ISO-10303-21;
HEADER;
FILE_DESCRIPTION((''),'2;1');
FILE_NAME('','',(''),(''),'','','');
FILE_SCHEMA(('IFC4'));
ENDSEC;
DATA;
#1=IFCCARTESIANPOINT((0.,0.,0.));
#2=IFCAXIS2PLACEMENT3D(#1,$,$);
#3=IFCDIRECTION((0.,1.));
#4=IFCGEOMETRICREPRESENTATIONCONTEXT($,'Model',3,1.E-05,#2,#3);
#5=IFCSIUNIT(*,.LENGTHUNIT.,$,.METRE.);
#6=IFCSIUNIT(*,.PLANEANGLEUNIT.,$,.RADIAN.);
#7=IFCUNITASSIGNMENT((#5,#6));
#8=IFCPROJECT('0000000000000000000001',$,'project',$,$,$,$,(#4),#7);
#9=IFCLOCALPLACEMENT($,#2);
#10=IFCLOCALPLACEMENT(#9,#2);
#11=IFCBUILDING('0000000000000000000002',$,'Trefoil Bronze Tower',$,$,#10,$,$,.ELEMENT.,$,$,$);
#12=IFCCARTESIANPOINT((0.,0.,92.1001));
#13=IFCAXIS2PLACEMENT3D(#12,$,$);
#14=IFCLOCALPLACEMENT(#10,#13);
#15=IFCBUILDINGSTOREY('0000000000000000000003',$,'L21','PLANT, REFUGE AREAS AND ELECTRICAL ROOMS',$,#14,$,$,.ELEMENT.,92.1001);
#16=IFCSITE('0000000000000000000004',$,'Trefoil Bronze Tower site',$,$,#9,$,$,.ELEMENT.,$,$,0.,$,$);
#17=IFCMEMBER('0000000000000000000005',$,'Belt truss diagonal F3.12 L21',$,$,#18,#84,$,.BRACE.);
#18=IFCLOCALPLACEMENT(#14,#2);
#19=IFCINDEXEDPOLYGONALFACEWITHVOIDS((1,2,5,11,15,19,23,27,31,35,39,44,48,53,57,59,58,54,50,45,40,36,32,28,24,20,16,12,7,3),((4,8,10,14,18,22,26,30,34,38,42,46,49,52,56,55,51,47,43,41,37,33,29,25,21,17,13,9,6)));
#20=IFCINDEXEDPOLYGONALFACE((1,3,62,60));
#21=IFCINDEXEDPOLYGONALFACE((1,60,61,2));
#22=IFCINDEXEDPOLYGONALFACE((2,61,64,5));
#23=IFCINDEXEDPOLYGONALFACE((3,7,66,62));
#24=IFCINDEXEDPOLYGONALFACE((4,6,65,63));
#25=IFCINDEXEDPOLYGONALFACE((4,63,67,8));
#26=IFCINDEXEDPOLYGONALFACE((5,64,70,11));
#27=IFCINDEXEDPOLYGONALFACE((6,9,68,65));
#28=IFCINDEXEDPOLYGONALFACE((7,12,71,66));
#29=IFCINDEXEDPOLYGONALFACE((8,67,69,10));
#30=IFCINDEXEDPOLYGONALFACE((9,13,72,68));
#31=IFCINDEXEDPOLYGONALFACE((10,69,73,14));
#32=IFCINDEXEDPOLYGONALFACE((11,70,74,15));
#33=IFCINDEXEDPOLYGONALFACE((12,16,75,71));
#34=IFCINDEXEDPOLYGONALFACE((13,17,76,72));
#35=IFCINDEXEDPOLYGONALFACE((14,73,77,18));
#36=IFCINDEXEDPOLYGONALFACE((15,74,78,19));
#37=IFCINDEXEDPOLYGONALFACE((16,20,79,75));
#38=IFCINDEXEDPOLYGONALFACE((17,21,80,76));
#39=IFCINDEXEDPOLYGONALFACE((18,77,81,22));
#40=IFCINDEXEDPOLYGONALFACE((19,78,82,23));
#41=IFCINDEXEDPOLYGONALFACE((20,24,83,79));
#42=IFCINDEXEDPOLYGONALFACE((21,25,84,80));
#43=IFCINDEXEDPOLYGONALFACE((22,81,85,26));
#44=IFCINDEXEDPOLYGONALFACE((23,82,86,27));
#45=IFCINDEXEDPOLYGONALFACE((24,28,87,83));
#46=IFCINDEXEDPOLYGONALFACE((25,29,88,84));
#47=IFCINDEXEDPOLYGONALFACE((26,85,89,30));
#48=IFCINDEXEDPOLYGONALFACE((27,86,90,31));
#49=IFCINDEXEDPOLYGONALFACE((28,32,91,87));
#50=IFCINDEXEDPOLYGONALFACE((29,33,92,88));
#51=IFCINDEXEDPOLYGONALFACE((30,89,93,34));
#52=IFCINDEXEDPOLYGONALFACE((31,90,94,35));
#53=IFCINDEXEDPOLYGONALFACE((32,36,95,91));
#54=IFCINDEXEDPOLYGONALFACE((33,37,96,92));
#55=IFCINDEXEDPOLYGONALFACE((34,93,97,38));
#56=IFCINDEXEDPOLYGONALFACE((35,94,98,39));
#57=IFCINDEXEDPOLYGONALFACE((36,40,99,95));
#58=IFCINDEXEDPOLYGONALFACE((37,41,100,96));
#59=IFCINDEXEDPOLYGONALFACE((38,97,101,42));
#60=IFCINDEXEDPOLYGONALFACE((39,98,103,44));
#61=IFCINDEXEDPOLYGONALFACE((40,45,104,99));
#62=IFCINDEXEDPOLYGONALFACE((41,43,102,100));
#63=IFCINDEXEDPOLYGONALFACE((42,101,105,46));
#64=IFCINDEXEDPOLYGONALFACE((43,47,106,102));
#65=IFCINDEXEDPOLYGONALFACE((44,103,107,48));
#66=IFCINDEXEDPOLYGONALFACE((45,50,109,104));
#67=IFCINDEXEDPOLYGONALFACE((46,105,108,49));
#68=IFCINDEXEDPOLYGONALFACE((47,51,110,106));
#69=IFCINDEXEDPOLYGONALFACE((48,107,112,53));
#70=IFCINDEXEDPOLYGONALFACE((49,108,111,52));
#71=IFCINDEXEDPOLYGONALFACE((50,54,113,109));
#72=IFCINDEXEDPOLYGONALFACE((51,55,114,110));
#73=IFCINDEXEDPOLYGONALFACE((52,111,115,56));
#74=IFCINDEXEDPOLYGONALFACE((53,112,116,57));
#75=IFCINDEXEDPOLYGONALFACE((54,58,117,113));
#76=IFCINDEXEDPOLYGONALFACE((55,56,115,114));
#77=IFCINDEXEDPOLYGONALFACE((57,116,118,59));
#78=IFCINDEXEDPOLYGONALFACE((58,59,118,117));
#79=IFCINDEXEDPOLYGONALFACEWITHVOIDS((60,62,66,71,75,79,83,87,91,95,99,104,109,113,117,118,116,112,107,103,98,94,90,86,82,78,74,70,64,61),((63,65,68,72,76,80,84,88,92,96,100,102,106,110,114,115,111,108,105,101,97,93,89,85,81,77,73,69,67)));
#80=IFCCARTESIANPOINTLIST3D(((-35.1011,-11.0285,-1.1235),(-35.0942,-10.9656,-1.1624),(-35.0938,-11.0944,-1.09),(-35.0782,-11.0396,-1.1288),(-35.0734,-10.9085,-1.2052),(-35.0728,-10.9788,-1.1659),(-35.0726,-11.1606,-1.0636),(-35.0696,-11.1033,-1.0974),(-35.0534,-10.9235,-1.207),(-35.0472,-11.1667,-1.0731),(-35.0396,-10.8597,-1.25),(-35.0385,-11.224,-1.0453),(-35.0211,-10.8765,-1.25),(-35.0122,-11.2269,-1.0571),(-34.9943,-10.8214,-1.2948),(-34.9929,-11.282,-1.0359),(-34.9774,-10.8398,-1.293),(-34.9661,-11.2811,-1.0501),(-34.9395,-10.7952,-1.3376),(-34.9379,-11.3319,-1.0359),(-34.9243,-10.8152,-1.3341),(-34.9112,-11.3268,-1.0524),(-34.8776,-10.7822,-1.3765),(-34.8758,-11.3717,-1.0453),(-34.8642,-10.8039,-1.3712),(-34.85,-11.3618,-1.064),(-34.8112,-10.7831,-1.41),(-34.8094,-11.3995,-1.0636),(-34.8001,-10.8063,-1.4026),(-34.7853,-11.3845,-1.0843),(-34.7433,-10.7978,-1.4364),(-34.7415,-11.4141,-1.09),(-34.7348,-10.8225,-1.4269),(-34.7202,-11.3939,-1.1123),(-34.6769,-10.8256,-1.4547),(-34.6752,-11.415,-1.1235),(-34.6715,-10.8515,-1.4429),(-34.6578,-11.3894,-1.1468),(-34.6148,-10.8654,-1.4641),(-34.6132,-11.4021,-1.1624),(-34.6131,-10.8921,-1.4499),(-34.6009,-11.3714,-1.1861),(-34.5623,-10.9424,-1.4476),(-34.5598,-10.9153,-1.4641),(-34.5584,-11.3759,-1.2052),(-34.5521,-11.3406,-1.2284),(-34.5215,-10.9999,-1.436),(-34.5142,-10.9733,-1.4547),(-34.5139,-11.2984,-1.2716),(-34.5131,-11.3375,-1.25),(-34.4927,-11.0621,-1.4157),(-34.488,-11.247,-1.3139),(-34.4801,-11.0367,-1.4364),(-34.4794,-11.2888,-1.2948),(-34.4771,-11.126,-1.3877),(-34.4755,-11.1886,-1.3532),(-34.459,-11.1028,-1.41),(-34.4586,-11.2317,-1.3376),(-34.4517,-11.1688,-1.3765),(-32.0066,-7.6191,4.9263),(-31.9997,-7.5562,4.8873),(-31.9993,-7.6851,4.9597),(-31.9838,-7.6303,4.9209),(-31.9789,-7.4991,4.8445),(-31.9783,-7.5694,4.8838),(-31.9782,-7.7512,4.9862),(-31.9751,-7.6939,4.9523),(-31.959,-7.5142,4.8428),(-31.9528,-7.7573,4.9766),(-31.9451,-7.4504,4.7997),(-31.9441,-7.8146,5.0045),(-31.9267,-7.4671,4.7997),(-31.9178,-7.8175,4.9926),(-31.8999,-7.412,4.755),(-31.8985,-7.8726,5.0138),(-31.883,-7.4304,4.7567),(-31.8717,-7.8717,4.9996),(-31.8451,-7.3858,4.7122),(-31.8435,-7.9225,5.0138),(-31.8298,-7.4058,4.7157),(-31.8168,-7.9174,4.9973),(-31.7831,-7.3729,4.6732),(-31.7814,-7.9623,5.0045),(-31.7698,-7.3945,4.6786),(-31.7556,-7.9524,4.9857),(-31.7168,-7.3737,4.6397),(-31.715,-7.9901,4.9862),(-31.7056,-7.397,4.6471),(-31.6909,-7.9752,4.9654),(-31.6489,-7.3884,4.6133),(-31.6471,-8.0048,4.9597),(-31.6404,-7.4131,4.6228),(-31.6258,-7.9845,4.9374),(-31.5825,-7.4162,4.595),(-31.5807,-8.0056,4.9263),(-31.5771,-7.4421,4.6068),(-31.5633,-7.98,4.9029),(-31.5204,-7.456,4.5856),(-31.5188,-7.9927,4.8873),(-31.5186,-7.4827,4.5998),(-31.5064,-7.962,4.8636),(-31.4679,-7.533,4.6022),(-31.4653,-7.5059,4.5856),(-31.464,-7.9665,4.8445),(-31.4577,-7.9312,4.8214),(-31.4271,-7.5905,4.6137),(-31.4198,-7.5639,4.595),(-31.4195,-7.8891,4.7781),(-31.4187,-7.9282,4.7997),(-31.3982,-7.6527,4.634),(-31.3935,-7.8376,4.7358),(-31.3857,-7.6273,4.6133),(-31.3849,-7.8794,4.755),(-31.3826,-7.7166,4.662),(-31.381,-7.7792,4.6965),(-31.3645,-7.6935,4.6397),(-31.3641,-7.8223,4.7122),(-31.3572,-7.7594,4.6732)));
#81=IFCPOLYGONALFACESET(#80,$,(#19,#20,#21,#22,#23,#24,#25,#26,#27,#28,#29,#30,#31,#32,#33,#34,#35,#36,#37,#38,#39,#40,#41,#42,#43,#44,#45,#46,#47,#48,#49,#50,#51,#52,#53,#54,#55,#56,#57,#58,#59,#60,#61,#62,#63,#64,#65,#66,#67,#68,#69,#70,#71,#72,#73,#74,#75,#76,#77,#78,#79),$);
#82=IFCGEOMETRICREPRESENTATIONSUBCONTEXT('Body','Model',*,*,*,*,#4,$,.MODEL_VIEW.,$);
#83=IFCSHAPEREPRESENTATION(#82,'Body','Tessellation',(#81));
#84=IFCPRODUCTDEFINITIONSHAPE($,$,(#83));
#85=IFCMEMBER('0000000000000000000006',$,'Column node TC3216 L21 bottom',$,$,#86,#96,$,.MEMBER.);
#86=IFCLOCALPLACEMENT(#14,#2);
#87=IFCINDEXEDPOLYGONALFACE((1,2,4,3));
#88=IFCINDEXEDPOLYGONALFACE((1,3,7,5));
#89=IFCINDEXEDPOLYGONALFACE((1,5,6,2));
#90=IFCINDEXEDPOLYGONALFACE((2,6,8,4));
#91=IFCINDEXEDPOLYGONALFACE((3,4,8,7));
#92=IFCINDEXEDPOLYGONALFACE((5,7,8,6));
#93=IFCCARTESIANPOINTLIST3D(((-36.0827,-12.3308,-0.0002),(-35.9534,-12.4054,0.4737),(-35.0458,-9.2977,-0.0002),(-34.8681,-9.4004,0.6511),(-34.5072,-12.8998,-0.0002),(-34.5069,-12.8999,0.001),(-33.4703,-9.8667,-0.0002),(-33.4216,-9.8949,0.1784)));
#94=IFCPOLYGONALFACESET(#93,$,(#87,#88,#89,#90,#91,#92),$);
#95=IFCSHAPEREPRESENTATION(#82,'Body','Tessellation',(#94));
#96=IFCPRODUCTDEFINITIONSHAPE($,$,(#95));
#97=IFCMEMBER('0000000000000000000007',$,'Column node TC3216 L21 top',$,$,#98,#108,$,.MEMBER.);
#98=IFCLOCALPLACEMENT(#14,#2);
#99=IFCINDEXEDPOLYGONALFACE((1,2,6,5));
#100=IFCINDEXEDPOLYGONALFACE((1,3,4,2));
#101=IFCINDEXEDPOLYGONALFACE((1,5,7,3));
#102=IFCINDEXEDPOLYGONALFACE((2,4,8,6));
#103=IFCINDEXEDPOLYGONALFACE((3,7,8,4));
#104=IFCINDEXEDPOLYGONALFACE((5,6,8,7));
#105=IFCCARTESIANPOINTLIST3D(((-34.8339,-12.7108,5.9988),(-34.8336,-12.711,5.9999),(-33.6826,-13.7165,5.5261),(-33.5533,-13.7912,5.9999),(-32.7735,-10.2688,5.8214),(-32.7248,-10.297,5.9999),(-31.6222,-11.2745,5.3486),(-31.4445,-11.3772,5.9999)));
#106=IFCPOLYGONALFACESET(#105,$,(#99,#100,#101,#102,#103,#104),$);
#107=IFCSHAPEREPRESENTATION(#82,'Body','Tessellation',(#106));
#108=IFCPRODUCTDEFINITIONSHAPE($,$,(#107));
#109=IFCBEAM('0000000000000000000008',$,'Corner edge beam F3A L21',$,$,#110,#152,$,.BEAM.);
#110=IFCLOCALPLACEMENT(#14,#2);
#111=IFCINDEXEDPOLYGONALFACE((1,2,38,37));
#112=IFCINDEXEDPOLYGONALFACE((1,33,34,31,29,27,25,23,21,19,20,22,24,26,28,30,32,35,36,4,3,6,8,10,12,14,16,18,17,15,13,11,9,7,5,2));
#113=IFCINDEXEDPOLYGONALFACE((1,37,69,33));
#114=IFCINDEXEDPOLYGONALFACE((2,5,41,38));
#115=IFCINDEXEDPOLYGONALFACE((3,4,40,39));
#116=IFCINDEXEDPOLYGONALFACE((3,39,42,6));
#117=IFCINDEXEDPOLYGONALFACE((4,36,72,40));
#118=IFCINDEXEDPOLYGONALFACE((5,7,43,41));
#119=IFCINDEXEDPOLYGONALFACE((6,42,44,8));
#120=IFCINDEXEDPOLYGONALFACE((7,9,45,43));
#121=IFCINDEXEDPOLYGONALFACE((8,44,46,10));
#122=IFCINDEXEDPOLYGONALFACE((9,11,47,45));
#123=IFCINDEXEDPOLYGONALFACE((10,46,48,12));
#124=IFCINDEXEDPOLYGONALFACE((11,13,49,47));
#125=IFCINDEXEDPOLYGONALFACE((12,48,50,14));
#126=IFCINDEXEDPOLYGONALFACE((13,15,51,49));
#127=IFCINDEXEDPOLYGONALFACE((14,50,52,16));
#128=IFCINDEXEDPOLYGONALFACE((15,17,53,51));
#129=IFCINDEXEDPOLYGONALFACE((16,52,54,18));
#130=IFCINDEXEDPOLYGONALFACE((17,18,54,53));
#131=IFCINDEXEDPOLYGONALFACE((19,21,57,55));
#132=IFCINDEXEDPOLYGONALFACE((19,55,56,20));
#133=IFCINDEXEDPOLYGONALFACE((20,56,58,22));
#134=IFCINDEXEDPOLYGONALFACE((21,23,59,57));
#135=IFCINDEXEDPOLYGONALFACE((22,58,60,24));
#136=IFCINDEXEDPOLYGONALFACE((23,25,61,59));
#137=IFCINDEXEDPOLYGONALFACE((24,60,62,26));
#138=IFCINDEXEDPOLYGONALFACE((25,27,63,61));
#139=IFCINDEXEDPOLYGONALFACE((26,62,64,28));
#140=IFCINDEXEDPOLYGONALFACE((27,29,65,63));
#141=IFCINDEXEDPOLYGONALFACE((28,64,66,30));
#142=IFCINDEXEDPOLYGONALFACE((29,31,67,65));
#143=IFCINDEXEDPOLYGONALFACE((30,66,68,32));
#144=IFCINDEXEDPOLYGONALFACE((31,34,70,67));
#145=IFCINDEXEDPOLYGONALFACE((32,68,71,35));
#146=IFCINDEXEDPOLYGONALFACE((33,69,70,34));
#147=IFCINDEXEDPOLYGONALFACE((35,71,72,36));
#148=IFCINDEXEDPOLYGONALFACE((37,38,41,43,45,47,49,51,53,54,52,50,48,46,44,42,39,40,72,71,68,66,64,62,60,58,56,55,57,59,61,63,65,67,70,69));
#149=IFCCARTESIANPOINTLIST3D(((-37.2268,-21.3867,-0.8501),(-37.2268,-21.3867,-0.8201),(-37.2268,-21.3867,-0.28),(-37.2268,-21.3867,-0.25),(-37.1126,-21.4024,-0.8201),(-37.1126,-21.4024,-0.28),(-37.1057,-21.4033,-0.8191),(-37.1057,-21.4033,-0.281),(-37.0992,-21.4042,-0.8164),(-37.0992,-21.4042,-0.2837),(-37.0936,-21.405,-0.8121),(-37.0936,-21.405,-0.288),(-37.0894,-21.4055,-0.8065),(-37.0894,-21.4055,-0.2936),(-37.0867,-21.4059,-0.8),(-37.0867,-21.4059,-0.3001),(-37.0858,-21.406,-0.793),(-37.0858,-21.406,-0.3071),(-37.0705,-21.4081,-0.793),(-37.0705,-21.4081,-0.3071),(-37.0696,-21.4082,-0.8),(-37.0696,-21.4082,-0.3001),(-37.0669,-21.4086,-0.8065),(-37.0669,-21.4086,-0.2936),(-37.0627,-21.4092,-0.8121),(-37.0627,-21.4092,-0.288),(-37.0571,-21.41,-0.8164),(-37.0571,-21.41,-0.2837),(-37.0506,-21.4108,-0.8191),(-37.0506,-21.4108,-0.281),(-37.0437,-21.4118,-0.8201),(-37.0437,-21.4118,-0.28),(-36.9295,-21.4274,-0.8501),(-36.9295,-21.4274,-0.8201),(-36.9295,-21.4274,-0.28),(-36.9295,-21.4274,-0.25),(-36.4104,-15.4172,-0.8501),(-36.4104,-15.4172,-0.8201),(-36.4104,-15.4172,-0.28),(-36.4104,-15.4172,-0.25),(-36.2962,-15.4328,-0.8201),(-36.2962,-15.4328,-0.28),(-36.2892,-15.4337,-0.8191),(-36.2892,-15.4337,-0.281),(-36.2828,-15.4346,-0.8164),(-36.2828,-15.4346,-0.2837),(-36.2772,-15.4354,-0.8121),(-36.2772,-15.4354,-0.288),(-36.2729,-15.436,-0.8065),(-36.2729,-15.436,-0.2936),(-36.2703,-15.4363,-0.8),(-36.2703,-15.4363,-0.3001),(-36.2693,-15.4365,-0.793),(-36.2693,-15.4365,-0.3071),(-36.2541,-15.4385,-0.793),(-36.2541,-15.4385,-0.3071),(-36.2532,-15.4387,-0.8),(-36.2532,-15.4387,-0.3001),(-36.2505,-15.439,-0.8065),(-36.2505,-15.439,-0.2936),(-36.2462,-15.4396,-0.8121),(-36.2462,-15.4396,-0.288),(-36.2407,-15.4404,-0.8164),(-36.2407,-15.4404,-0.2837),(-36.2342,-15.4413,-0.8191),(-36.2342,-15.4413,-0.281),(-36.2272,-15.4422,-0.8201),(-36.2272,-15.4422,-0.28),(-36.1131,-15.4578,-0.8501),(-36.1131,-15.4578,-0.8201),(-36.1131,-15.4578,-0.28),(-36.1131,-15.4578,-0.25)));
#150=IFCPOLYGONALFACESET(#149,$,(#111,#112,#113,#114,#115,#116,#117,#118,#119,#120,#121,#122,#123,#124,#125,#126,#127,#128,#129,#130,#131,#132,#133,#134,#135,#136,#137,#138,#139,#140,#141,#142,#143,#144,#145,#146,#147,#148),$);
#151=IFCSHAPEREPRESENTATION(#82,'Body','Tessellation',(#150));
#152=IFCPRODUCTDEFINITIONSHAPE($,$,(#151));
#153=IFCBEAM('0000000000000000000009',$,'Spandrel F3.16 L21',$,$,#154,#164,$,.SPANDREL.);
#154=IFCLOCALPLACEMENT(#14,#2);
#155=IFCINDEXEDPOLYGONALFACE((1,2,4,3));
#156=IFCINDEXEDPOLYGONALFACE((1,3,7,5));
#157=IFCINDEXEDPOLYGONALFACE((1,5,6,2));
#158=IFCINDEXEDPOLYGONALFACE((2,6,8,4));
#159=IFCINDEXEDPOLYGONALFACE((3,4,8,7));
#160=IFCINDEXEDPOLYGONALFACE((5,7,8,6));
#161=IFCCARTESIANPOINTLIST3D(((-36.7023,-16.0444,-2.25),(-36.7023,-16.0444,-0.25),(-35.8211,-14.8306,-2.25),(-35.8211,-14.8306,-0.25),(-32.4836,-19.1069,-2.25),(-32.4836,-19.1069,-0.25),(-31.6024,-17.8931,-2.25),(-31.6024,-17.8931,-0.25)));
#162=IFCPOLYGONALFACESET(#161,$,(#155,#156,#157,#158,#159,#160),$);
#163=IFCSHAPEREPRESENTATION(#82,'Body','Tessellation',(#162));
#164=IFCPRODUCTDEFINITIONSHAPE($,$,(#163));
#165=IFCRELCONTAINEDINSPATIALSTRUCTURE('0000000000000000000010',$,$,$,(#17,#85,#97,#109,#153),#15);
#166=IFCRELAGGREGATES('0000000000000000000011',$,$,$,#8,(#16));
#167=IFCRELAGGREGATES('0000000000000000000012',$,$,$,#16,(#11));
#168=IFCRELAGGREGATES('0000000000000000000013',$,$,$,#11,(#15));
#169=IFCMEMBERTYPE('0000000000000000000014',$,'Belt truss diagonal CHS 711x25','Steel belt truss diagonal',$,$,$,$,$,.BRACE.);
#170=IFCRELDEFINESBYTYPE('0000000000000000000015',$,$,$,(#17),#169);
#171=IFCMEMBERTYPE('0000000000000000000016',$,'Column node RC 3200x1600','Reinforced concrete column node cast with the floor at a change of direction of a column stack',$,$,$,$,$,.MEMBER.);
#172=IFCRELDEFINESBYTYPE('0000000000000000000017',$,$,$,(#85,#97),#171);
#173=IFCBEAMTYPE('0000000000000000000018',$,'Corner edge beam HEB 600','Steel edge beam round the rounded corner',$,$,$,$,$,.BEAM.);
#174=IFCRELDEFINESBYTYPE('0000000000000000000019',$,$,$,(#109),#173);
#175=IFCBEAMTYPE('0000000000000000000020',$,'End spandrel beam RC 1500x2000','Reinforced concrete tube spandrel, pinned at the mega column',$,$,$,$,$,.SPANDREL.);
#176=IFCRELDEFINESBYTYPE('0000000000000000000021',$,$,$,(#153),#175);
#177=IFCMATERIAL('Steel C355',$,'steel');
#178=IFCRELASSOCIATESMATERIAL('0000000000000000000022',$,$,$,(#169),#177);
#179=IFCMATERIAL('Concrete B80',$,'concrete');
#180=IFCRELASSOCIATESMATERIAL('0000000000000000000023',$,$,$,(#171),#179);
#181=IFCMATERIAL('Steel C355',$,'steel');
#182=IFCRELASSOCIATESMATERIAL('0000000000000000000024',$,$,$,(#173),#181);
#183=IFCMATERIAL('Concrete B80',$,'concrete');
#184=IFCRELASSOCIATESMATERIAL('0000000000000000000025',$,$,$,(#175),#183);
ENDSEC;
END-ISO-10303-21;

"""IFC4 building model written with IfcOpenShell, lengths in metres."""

from ifc_helpers import new_model, si_unit, direction, frame, origin, origin_2d, place, context, subcontext, project, spatial, rectangle, hollow_circle, i_section, extrude, clip, halfspace, material, material_profile, profile_set, type_object, element, save


model = new_model("IFC4")

# Units and contexts
model_context = context("Model", 3, precision=1e-05, world=origin(), true_north=direction((0.0, 1.0)))
body_context = subcontext(model_context, "Body", "Model", "MODEL_VIEW")
ifc_project = project(units=[si_unit("LENGTHUNIT", "METRE"), si_unit("PLANEANGLEUNIT", "RADIAN")], contexts=[model_context])

# Site, building, storey
site_placement = place(None, origin())
site = spatial("IfcSite", under=ifc_project, at=site_placement, Name="Trefoil Bronze Tower site", CompositionType="ELEMENT", RefElevation=0.0)
building_placement = place(site_placement, origin())
building = spatial("IfcBuilding", under=site, at=building_placement, Name="Trefoil Bronze Tower", CompositionType="ELEMENT")
storey_placement = place(building_placement, frame((0.0, 0.0, 92.1001)))
storey = spatial("IfcBuildingStorey", under=building, at=storey_placement, Name="L21", Description="PLANT, REFUGE AREAS AND ELECTRICAL ROOMS", CompositionType="ELEMENT", Elevation=92.1001)

# Members
ifc_material_1 = material(Name="Steel C355", Category="steel")
ifc_material_profile_1 = material_profile(ifc_material_1, hollow_circle(Radius=0.3555, WallThickness=0.0249, at=origin_2d()), Name="CHS 711x25")
ifc_profile_set_1 = profile_set([ifc_material_profile_1], Name="Steel C355")
member_type_1 = type_object("IfcMemberType", Name="Belt truss diagonal CHS 711x25", Description="Steel belt truss diagonal", PredefinedType="BRACE", material=ifc_profile_set_1)
member_1_placement = place(storey_placement, frame((-34.7764, -11.0986, -1.25), z_axis=(0.407027, 0.448453, 0.795751), x_axis=(-0.74048, 0.672079, 0.0)))
element("IfcMember", 1, at=member_1_placement, inside=storey, type_object=member_type_1, Name="Belt truss diagonal F3.12 L21", PredefinedType="BRACE", context=body_context, shape_type="SweptSolid", body=[
    extrude(hollow_circle(Radius=0.3555, WallThickness=0.0249, at=origin_2d()), origin(), (0.0, 0.0, 1.0), 7.6025),
])
ifc_material_2 = material(Name="Concrete B80", Category="concrete")
ifc_material_profile_2 = material_profile(ifc_material_2, rectangle(XDim=3.2, YDim=1.6001, at=origin_2d()), Name="RC 3200x1600")
ifc_profile_set_2 = profile_set([ifc_material_profile_2], Name="Concrete B80")
member_type_2 = type_object("IfcMemberType", Name="Column node RC 3200x1600", Description="Reinforced concrete column node cast with the floor at a change of direction of a column stack", PredefinedType="MEMBER", material=ifc_profile_set_2)
member_2_placement = place(storey_placement, frame((-34.8655, -11.0474, -0.3262), z_axis=(0.260309, -0.150329, 0.953751), x_axis=(-0.33916, -0.939093, -0.055451)))
element("IfcMember", 2, at=member_2_placement, inside=storey, type_object=member_type_2, Name="Column node TC3216 L21 bottom", PredefinedType="MEMBER", context=body_context, shape_type="Clipping", body=[
    clip(extrude(rectangle(XDim=3.2, YDim=1.6001, at=origin_2d()), origin(), (0.0, 0.0, 1.0), 0.6838), halfspace(frame((0.0, 0.0, 0.3418), z_axis=(-0.055451, -0.29544, 0.953751), x_axis=(0.0, 0.955221, 0.295895)), True)),
])
member_3_placement = place(storey_placement, frame((-33.05, -12.0955, 6.3259), z_axis=(-0.260309, 0.150329, -0.953751), x_axis=(0.643874, 0.76312, -0.055451)))
element("IfcMember", 3, at=member_3_placement, inside=storey, type_object=member_type_2, Name="Column node TC3216 L21 top", PredefinedType="MEMBER", context=body_context, shape_type="Clipping", body=[
    clip(extrude(rectangle(XDim=3.2, YDim=1.6001, at=origin_2d()), origin(), (0.0, 0.0, 1.0), 0.6838), halfspace(frame((0.0, 0.0, 0.3418), z_axis=(0.055451, 0.29544, 0.953751), x_axis=(0.0, 0.955221, -0.295895)), True)),
])

# Beams
ifc_material_3 = material(Name="Steel C355", Category="steel")
ifc_material_profile_3 = material_profile(ifc_material_3, i_section(OverallWidth=0.3, OverallDepth=0.6001, WebThickness=0.0154, FlangeThickness=0.03, FilletRadius=0.0271, at=origin_2d()), Name="HEB 600")
ifc_profile_set_3 = profile_set([ifc_material_profile_3], Name="Steel C355")
beam_type_1 = type_object("IfcBeamType", Name="Corner edge beam HEB 600", Description="Steel edge beam round the rounded corner", PredefinedType="BEAM", material=ifc_profile_set_3)
beam_1_placement = place(storey_placement, frame((-36.2617, -15.4375, -0.55), z_axis=(-0.135502, -0.990777, 0.0), x_axis=(0.990777, -0.135502, 0.0)))
element("IfcBeam", 4, at=beam_1_placement, inside=storey, type_object=beam_type_1, Name="Corner edge beam F3A L21", PredefinedType="BEAM", context=body_context, shape_type="SweptSolid", body=[
    extrude(i_section(OverallWidth=0.3, OverallDepth=0.6001, WebThickness=0.0154, FlangeThickness=0.03, FilletRadius=0.0271, at=origin_2d()), origin(), (0.0, 0.0, 1.0), 6.0251),
])
ifc_material_4 = material(Name="Concrete B80", Category="concrete")
ifc_material_profile_4 = material_profile(ifc_material_4, rectangle(XDim=1.5, YDim=2.0, at=origin_2d()), Name="RC 1500x2000")
ifc_profile_set_4 = profile_set([ifc_material_profile_4], Name="Concrete B80")
beam_type_2 = type_object("IfcBeamType", Name="End spandrel beam RC 1500x2000", Description="Reinforced concrete tube spandrel, pinned at the mega column", PredefinedType="SPANDREL", material=ifc_profile_set_4)
beam_2_placement = place(storey_placement, frame((-36.2617, -15.4375, -1.25), z_axis=(0.809254, -0.587459, 0.0), x_axis=(0.587459, 0.809254, 0.0)))
element("IfcBeam", 5, at=beam_2_placement, inside=storey, type_object=beam_type_2, Name="Spandrel F3.16 L21", PredefinedType="SPANDREL", context=body_context, shape_type="SweptSolid", body=[
    extrude(rectangle(XDim=1.5, YDim=2.0, at=origin_2d()), origin(), (0.0, 0.0, 1.0), 5.2131),
])

save(model, "model.ifc")
